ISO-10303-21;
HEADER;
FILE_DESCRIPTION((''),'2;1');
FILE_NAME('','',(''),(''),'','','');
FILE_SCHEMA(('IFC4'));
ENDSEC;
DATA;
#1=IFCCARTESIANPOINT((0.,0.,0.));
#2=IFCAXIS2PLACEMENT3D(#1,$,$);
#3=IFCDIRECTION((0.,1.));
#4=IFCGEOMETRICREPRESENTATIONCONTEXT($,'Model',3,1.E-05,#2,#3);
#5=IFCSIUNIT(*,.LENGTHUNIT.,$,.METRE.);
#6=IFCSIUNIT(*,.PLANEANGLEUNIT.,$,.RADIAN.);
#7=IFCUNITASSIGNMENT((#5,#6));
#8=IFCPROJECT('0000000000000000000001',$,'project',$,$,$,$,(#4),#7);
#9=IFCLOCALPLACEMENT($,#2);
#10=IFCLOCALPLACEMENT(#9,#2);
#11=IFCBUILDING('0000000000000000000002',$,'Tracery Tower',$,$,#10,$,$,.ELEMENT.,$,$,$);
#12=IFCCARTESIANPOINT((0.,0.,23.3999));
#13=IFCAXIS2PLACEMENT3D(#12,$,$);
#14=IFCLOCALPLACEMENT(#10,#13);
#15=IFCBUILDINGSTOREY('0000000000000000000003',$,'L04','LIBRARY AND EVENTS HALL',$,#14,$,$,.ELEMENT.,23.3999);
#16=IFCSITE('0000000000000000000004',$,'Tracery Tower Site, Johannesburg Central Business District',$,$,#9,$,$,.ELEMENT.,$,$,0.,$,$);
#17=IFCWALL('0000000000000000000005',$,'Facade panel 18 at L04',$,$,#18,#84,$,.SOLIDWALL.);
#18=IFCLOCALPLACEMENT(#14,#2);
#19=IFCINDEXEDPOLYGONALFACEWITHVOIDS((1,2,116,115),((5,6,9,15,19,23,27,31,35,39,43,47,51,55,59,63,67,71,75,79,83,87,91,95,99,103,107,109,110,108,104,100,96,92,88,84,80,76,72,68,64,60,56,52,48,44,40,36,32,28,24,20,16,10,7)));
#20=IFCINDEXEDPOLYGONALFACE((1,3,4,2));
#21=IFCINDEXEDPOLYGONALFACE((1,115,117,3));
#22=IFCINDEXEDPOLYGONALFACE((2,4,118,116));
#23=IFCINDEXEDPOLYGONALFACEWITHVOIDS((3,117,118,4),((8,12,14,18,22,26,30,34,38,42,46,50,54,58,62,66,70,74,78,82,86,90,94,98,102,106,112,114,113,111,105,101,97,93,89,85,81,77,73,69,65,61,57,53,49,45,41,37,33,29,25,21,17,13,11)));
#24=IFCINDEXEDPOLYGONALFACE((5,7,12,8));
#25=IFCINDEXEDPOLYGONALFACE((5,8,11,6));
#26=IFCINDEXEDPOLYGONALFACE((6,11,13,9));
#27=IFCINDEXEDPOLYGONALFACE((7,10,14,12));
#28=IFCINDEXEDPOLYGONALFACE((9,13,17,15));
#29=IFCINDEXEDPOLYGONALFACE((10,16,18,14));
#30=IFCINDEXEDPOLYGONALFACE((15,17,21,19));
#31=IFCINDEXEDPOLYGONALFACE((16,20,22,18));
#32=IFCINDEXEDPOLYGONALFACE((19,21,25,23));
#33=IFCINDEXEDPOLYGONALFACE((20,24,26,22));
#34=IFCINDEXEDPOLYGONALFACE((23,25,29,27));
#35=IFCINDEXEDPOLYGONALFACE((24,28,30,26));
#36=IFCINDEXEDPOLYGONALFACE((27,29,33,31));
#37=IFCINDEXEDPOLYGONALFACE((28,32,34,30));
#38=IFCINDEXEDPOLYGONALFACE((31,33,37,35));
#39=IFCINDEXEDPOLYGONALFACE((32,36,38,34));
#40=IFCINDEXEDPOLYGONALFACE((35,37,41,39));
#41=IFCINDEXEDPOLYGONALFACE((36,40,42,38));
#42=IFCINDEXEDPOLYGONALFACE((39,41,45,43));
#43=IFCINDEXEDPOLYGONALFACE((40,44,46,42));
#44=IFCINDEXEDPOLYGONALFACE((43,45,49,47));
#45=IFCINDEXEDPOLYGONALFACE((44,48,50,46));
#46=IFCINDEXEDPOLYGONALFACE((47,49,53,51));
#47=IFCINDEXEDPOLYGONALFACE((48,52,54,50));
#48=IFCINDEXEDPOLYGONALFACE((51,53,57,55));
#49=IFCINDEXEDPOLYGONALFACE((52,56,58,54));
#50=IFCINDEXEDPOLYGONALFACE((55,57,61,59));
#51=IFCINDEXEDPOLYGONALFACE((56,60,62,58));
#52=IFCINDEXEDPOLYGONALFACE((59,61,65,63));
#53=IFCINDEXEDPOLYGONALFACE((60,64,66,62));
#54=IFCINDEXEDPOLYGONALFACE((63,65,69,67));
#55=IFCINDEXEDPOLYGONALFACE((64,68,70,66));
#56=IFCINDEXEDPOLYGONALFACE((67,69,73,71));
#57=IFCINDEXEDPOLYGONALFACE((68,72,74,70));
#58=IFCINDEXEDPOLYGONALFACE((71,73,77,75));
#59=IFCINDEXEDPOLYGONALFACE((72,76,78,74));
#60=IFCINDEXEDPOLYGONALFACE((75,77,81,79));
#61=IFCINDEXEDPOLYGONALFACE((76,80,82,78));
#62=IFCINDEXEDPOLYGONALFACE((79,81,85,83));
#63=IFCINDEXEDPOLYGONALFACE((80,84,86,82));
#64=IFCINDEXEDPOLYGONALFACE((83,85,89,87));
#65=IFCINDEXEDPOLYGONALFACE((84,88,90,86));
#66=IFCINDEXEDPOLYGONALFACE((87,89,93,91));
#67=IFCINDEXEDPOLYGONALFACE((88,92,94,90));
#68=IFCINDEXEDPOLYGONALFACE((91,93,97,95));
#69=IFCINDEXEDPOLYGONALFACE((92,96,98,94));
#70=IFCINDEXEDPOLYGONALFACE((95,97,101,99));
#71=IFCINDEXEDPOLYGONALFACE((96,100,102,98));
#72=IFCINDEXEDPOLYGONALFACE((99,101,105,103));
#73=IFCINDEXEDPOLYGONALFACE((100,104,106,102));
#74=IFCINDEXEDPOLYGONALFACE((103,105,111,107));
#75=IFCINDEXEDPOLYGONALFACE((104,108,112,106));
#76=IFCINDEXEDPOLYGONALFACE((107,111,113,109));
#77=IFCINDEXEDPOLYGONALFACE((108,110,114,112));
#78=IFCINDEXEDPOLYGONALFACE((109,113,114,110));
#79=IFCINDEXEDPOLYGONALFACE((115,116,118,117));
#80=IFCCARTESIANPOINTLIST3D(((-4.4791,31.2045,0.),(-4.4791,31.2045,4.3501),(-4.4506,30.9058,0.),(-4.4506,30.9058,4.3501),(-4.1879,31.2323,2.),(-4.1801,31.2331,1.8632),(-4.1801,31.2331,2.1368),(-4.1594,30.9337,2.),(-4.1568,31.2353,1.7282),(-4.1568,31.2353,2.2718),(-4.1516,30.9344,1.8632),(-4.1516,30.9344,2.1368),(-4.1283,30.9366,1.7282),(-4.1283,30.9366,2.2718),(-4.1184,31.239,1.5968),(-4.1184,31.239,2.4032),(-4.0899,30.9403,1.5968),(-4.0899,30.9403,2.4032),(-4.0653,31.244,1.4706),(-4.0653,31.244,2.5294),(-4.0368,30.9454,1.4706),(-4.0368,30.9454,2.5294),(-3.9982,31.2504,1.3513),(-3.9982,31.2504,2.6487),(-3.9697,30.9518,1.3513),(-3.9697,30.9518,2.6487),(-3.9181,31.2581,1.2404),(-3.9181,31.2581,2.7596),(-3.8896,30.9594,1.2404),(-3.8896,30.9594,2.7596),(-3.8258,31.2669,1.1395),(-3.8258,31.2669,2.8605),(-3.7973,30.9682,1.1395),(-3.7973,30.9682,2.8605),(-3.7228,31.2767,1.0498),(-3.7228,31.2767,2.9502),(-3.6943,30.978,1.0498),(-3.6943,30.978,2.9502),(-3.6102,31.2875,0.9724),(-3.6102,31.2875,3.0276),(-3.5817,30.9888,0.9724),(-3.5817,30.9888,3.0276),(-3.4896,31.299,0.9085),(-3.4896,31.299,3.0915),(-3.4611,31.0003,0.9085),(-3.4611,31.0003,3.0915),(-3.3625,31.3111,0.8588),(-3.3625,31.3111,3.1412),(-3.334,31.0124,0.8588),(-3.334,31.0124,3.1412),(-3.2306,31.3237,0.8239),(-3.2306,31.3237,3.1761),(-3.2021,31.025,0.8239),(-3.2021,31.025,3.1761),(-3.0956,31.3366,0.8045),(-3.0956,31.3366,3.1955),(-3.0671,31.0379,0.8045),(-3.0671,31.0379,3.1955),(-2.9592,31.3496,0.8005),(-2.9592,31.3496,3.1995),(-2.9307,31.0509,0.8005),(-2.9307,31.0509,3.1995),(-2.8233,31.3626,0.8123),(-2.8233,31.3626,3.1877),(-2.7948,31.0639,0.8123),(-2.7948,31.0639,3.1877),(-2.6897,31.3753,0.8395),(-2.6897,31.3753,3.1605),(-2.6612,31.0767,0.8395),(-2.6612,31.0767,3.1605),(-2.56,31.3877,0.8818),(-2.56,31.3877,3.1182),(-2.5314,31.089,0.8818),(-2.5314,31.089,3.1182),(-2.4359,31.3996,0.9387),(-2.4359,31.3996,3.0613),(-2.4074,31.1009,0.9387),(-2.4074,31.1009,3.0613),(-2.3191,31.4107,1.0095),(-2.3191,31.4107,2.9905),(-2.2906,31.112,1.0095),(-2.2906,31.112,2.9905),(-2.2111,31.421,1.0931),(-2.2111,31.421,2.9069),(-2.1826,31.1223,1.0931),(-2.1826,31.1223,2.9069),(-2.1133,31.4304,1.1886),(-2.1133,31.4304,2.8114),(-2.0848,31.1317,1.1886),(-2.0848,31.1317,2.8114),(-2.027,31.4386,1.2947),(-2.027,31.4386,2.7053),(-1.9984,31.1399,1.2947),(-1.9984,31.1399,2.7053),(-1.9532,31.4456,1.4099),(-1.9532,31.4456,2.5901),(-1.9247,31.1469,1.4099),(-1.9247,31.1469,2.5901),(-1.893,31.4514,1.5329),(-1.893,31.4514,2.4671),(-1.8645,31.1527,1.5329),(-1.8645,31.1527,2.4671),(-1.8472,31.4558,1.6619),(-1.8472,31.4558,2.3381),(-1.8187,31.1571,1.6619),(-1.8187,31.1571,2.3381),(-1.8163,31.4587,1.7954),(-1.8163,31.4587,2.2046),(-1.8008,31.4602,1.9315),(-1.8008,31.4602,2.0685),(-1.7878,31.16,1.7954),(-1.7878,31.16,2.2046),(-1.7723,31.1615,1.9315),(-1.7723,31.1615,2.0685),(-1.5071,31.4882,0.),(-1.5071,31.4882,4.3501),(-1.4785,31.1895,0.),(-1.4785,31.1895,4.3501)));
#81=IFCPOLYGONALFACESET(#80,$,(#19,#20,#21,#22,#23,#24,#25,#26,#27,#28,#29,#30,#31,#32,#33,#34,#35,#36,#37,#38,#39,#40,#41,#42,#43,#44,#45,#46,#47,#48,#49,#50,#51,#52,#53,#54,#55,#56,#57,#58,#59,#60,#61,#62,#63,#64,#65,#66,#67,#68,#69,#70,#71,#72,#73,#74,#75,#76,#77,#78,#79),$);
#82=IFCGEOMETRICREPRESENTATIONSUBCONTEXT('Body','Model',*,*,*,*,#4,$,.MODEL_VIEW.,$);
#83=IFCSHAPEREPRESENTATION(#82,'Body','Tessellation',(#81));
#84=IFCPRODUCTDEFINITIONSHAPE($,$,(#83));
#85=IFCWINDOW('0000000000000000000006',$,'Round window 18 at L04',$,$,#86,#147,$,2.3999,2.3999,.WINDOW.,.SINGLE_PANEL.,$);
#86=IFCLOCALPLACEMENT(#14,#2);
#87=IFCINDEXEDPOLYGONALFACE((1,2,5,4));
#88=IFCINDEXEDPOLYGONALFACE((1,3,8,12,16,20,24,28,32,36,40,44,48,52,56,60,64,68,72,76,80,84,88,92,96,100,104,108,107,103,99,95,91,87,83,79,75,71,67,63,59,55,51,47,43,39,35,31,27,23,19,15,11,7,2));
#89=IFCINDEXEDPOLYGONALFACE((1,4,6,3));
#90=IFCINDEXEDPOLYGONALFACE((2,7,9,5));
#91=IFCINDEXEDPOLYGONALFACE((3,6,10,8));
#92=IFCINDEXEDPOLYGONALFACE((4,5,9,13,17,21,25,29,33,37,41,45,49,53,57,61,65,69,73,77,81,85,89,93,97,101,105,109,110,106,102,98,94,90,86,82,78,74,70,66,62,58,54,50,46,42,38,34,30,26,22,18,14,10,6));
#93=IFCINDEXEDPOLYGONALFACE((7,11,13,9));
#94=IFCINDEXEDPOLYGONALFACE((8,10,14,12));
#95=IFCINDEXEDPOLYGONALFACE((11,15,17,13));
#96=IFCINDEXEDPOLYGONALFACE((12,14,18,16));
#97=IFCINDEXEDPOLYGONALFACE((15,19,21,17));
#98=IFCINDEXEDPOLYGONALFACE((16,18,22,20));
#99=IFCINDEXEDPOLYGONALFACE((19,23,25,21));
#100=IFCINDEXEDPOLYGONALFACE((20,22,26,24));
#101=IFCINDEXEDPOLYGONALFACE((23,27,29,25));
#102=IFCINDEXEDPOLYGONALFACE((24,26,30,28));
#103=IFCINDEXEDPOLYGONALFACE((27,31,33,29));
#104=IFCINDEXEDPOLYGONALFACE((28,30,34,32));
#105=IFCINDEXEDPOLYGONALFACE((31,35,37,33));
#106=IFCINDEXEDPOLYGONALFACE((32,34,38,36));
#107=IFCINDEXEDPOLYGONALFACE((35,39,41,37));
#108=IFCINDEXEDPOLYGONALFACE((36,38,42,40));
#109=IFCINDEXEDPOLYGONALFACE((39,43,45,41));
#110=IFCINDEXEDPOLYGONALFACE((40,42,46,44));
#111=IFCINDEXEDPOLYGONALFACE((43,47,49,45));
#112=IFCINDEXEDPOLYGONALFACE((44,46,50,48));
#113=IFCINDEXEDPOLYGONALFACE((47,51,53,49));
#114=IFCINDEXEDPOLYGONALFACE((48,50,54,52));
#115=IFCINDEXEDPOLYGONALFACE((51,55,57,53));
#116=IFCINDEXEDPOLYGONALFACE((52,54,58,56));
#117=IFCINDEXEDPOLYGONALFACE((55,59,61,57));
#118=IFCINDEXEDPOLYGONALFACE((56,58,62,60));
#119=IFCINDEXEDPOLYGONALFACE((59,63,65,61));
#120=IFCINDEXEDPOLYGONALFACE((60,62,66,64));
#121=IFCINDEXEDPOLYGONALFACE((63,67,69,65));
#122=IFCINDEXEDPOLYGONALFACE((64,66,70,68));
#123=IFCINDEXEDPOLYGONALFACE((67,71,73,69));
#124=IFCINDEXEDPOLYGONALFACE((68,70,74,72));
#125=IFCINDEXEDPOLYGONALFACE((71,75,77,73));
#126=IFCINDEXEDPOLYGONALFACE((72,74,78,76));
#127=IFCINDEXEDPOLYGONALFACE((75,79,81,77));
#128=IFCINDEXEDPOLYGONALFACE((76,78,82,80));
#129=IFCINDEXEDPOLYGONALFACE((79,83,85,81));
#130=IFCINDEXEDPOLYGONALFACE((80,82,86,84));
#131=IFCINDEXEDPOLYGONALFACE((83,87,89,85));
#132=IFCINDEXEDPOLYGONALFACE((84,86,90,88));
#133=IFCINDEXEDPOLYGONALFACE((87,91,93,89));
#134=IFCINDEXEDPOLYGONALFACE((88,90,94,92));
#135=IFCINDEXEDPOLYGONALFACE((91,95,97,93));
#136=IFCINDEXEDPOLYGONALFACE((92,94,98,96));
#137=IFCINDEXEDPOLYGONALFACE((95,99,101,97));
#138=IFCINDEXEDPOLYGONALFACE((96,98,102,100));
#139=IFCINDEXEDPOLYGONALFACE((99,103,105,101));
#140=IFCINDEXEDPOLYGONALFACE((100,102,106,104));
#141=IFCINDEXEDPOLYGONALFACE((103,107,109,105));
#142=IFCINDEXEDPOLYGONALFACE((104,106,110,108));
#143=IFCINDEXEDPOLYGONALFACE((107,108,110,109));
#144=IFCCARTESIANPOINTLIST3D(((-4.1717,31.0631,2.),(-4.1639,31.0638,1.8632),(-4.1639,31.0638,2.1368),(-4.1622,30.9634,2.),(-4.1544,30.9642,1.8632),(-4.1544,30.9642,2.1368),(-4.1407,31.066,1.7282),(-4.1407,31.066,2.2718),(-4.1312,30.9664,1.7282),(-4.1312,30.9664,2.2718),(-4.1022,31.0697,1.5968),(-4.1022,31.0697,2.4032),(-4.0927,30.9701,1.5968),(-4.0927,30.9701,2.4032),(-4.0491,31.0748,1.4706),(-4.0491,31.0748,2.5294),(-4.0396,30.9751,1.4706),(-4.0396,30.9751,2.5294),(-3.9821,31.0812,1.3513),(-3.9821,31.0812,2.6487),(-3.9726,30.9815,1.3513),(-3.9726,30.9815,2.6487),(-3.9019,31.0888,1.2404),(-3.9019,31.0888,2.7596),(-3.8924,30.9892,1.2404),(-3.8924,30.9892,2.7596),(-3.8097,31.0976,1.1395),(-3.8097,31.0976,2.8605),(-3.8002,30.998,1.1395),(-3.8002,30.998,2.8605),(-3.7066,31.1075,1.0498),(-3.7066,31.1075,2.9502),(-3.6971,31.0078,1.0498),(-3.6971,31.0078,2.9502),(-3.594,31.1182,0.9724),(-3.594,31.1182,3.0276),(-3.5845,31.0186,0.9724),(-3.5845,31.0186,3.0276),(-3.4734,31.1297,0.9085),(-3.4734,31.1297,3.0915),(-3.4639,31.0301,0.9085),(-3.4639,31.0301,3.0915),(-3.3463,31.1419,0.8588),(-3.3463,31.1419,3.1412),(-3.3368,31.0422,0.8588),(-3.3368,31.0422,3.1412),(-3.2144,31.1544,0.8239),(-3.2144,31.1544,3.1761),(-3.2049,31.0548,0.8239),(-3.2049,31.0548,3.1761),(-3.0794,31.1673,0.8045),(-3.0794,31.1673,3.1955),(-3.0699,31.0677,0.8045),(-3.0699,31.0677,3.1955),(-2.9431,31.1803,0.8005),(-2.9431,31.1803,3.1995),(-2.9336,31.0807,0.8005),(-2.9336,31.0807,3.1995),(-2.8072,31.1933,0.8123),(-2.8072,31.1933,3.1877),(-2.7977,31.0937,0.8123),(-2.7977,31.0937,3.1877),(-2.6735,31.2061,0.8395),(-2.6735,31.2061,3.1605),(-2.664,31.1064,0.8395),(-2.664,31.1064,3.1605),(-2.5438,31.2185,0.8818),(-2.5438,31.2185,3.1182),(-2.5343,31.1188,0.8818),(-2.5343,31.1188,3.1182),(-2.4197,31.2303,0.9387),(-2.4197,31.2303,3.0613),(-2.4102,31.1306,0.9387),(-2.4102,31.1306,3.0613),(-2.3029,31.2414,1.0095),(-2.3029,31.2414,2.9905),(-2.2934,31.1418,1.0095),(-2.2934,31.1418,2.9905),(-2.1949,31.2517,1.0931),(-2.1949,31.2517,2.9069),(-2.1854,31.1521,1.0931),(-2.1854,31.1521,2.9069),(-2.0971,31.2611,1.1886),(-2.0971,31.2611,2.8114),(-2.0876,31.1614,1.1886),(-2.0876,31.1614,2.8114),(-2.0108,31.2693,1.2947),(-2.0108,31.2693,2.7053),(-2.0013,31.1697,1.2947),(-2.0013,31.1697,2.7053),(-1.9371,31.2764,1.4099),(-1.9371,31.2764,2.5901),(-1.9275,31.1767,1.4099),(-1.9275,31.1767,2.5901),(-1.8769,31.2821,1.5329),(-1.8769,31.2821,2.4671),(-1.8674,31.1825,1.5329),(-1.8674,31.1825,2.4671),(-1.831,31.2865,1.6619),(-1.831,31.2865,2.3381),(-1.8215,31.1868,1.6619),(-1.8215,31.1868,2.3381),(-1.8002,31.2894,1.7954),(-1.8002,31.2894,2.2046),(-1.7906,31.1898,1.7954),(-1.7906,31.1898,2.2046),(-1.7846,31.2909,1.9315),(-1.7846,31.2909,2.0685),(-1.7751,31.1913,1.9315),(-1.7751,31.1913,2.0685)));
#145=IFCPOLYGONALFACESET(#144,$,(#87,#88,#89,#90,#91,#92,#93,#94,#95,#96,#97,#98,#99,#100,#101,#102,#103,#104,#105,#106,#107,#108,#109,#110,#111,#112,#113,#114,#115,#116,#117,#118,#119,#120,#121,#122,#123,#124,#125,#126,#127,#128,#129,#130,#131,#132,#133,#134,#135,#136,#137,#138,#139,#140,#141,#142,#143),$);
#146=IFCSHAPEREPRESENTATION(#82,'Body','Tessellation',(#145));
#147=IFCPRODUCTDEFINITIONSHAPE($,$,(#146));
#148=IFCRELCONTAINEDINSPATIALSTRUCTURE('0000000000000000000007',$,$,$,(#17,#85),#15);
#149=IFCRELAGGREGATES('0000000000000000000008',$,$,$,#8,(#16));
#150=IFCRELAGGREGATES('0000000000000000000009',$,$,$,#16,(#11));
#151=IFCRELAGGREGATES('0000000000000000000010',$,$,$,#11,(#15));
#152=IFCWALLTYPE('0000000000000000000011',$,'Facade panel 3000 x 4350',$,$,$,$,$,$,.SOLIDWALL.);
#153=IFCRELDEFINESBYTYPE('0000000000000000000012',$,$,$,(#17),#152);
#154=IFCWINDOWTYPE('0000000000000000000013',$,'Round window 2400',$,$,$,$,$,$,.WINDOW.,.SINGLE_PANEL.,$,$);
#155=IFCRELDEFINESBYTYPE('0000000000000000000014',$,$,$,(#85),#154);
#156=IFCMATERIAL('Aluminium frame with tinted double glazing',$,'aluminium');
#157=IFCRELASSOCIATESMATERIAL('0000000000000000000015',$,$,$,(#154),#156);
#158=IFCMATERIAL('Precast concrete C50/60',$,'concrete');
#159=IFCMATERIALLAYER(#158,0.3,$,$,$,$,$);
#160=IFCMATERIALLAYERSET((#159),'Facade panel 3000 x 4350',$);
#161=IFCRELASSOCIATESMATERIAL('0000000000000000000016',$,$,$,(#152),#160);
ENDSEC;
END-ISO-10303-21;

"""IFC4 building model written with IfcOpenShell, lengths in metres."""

from ifc_helpers import new_model, si_unit, direction, frame, frame_2d, origin, origin_2d, place, context, subcontext, project, spatial, rectangle, circle, extrude, material, layer, layer_set, type_object, element, fill, save


model = new_model("IFC4")

# Units and contexts
model_context = context("Model", 3, precision=1e-05, world=origin(), true_north=direction((0.0, 1.0)))
body_context = subcontext(model_context, "Body", "Model", "MODEL_VIEW")
ifc_project = project(units=[si_unit("LENGTHUNIT", "METRE"), si_unit("PLANEANGLEUNIT", "RADIAN")], contexts=[model_context])

# Site, building, storey
site_placement = place(None, origin())
site = spatial("IfcSite", under=ifc_project, at=site_placement, Name="Tracery Tower Site, Johannesburg Central Business District", CompositionType="ELEMENT", RefElevation=0.0)
building_placement = place(site_placement, origin())
building = spatial("IfcBuilding", under=site, at=building_placement, Name="Tracery Tower", CompositionType="ELEMENT")
storey_placement = place(building_placement, frame((0.0, 0.0, 23.3999)))
storey = spatial("IfcBuildingStorey", under=building, at=storey_placement, Name="L04", Description="LIBRARY AND EVENTS HALL", CompositionType="ELEMENT", Elevation=23.3999)

# Wall, opening, window
ifc_material_1 = material(Name="Aluminium frame with tinted double glazing", Category="aluminium")
window_type = type_object("IfcWindowType", Name="Round window 2400", PartitioningType="SINGLE_PANEL", PredefinedType="WINDOW", material=ifc_material_1)
ifc_material_2 = material(Name="Precast concrete C50/60", Category="concrete")
ifc_layer_1 = layer(ifc_material_2, 0.3)
ifc_layer_set_1 = layer_set([ifc_layer_1], Name="Facade panel 3000 x 4350")
wall_type_1 = type_object("IfcWallType", Name="Facade panel 3000 x 4350", PredefinedType="SOLIDWALL", material=ifc_layer_set_1)
wall_1_placement = place(storey_placement, frame((-1.4929, 31.3389, 0.0), z_axis=(0.0, 0.0, 1.0), x_axis=(-0.995476, -0.095017, 0.0)))
wall_1 = element("IfcWall", 1, at=wall_1_placement, inside=storey, type_object=wall_type_1, Name="Facade panel 18 at L04", PredefinedType="SOLIDWALL", context=body_context, shape_type="SweptSolid", body=[
    extrude(rectangle(XDim=2.9856, YDim=0.3, at=frame_2d((1.4927, 0.0))), origin(), (0.0, 0.0, 1.0), 4.3501),
])
opening_1_placement = place(wall_1_placement, frame((1.4929, 0.0, 2.0)))
opening_1 = element("IfcOpeningElement", 2, at=opening_1_placement, cuts=wall_1, PredefinedType="OPENING", context=body_context, shape_type="SweptSolid", body=[
    extrude(circle(Radius=1.2, at=origin_2d()), frame((0.0, 0.1599, 0.0), z_axis=(0.0, -1.0, 0.0), x_axis=(1.0, 0.0, 0.0)), (0.0, 0.0, 1.0), 0.3201),
])
window_1_placement = place(opening_1_placement, origin())
window_1 = element("IfcWindow", 3, at=window_1_placement, inside=storey, type_object=window_type, Name="Round window 18 at L04", OverallHeight=2.3999, OverallWidth=2.3999, PartitioningType="SINGLE_PANEL", PredefinedType="WINDOW", context=body_context, shape_type="SweptSolid", body=[
    extrude(circle(Radius=1.2, at=origin_2d()), frame((0.0, 0.1201, 0.0), z_axis=(0.0, -1.0, 0.0), x_axis=(1.0, 0.0, 0.0)), (0.0, 0.0, 1.0), 0.1001),
])
fill(opening_1, window_1)

save(model, "model.ifc")
